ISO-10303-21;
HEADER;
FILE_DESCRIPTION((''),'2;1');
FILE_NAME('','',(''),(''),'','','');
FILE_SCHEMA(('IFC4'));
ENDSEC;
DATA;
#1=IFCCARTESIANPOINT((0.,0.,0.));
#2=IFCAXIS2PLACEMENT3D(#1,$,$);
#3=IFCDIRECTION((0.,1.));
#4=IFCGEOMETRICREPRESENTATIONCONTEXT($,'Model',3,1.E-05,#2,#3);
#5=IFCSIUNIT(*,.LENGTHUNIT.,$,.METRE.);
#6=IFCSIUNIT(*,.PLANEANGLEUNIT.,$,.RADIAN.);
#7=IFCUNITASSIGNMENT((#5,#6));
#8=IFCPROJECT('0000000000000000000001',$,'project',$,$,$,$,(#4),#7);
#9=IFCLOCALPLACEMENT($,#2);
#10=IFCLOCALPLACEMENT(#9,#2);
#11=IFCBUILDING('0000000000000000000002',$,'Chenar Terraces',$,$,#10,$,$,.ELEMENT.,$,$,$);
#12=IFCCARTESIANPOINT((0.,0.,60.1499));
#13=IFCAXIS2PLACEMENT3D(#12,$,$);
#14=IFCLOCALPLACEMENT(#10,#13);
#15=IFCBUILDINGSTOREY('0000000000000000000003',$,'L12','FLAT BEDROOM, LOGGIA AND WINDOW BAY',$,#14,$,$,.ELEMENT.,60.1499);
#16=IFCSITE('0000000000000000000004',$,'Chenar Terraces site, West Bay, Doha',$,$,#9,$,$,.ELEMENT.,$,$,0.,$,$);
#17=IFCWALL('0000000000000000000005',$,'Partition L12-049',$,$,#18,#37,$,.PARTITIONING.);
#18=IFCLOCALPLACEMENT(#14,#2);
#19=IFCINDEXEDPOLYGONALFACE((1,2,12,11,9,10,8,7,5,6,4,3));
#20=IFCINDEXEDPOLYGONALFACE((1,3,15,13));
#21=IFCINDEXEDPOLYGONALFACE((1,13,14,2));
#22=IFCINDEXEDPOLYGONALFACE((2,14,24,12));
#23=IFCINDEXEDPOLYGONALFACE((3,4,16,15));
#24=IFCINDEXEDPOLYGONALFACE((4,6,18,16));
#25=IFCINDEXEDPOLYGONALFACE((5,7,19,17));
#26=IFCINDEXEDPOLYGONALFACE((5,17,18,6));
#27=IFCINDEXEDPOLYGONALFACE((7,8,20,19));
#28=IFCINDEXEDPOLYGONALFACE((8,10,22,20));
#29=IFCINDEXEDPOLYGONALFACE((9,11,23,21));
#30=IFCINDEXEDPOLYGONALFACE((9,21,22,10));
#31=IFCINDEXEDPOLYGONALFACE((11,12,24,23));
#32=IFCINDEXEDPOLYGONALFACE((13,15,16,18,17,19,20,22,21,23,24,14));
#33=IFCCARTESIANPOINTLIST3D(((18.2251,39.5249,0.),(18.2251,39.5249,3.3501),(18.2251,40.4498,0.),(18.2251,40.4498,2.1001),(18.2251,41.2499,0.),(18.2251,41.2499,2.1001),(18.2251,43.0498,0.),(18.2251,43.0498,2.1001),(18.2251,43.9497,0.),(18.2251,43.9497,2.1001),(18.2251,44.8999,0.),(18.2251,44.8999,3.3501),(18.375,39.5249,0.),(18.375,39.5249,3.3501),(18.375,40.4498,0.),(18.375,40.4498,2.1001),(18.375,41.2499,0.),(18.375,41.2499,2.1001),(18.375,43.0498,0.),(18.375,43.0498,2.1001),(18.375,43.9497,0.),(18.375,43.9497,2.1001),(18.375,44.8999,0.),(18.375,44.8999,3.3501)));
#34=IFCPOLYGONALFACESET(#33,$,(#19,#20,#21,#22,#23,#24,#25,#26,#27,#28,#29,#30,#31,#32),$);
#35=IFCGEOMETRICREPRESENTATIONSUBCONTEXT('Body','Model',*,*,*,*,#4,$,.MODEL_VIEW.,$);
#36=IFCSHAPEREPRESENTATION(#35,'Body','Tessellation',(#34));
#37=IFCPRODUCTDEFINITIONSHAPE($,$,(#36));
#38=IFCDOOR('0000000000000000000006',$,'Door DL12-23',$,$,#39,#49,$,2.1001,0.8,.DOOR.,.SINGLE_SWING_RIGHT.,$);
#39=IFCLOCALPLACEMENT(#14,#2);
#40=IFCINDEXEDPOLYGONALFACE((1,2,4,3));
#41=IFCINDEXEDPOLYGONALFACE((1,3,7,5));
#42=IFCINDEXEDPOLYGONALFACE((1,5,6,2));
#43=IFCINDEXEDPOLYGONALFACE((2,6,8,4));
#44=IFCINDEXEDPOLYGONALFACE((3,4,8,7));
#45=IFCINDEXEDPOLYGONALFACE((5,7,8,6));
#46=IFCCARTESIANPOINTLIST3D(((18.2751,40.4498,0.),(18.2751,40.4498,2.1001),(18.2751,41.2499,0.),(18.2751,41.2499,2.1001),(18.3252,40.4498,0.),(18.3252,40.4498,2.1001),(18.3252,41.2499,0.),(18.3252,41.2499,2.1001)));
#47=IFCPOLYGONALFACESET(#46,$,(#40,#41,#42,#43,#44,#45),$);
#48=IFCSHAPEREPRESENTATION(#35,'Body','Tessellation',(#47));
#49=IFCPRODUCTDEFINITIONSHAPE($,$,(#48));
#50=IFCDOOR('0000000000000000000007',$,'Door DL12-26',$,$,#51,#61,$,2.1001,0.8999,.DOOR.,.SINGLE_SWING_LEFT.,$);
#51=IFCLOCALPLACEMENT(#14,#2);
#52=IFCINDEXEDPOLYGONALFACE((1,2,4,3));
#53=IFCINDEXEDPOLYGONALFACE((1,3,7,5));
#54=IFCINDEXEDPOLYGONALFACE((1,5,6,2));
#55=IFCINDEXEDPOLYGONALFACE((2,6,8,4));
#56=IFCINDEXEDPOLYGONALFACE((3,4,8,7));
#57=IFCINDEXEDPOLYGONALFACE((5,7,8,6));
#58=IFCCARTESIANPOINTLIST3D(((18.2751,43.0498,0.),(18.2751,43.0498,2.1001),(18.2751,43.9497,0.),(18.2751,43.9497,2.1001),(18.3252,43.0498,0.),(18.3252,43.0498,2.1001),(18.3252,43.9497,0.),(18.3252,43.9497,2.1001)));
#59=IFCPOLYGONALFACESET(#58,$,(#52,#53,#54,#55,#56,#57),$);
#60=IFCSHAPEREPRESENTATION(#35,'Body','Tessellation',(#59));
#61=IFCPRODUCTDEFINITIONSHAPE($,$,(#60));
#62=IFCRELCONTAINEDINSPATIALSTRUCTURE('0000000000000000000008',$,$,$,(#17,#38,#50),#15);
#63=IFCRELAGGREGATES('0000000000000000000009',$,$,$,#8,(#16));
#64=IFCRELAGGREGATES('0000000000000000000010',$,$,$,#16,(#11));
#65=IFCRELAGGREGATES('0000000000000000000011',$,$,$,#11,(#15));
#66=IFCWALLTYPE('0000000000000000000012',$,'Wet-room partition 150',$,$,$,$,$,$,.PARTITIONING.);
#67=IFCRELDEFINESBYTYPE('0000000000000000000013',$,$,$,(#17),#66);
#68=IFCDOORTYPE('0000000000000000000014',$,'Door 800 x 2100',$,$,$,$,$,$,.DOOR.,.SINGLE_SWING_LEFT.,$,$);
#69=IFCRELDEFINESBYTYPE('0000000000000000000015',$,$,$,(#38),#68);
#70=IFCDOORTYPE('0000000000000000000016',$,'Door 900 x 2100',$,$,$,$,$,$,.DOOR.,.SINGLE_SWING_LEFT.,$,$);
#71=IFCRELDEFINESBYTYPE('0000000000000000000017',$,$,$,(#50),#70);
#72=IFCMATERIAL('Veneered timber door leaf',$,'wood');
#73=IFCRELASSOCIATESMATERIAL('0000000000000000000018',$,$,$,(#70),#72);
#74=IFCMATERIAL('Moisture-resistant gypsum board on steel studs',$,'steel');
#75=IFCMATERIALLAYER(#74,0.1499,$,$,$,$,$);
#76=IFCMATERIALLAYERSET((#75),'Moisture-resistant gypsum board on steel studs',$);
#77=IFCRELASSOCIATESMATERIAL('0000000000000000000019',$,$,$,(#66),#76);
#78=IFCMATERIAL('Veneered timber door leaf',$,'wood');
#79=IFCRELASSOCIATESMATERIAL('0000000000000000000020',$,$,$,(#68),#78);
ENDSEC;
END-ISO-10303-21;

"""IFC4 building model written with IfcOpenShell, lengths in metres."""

from ifc_helpers import new_model, si_unit, direction, frame, frame_2d, origin, place, context, subcontext, project, spatial, rectangle, extrude, material, layer, layer_set, type_object, element, fill, save


model = new_model("IFC4")

# Units and contexts
model_context = context("Model", 3, precision=1e-05, world=origin(), true_north=direction((0.0, 1.0)))
body_context = subcontext(model_context, "Body", "Model", "MODEL_VIEW")
ifc_project = project(units=[si_unit("LENGTHUNIT", "METRE"), si_unit("PLANEANGLEUNIT", "RADIAN")], contexts=[model_context])

# Site, building, storey
site_placement = place(None, origin())
site = spatial("IfcSite", under=ifc_project, at=site_placement, Name="Chenar Terraces site, West Bay, Doha", CompositionType="ELEMENT", RefElevation=0.0)
building_placement = place(site_placement, origin())
building = spatial("IfcBuilding", under=site, at=building_placement, Name="Chenar Terraces", CompositionType="ELEMENT")
storey_placement = place(building_placement, frame((0.0, 0.0, 60.1499)))
storey = spatial("IfcBuildingStorey", under=building, at=storey_placement, Name="L12", Description="FLAT BEDROOM, LOGGIA AND WINDOW BAY", CompositionType="ELEMENT", Elevation=60.1499)

# Shared definitions
ifc_material_1 = material(Name="Veneered timber door leaf", Category="wood")
door_type_1 = type_object("IfcDoorType", Name="Door 900 x 2100", OperationType="SINGLE_SWING_LEFT", PredefinedType="DOOR", material=ifc_material_1)

# Shared definitions
ifc_material_2 = material(Name="Moisture-resistant gypsum board on steel studs", Category="steel")
ifc_layer_1 = layer(ifc_material_2, 0.1499)
ifc_layer_set_1 = layer_set([ifc_layer_1], Name="Moisture-resistant gypsum board on steel studs")
wall_type_1 = type_object("IfcWallType", Name="Wet-room partition 150", PredefinedType="PARTITIONING", material=ifc_layer_set_1)

# Wall, openings, doors
wall_1_placement = place(storey_placement, frame((18.3, 39.5249, 0.0), z_axis=(0.0, 0.0, 1.0), x_axis=(0.0, 1.0, 0.0)))
wall_1 = element("IfcWall", 1, at=wall_1_placement, inside=storey, type_object=wall_type_1, Name="Partition L12-049", PredefinedType="PARTITIONING", context=body_context, shape_type="SweptSolid", body=[
    extrude(rectangle(XDim=5.375, YDim=0.1499, at=frame_2d((2.6875, 0.0))), origin(), (0.0, 0.0, 1.0), 3.3501),
])
opening_1_placement = place(wall_1_placement, frame((0.925, 0.0, 0.0)))
opening_1 = element("IfcOpeningElement", 2, at=opening_1_placement, cuts=wall_1, PredefinedType="OPENING", context=body_context, shape_type="SweptSolid", body=[
    extrude(rectangle(XDim=0.8, YDim=2.1001, at=frame_2d((0.3999, 1.05))), frame((0.0, 0.085, 0.0), z_axis=(0.0, -1.0, 0.0), x_axis=(1.0, 0.0, 0.0)), (0.0, 0.0, 1.0), 0.1699),
])
opening_2_placement = place(wall_1_placement, frame((3.5249, 0.0, 0.0)))
opening_2 = element("IfcOpeningElement", 3, at=opening_2_placement, cuts=wall_1, PredefinedType="OPENING", context=body_context, shape_type="SweptSolid", body=[
    extrude(rectangle(XDim=0.8999, YDim=2.1001, at=frame_2d((0.45, 1.05))), frame((0.0, 0.085, 0.0), z_axis=(0.0, -1.0, 0.0), x_axis=(1.0, 0.0, 0.0)), (0.0, 0.0, 1.0), 0.1699),
])
ifc_material_3 = material(Name="Veneered timber door leaf", Category="wood")
door_type_2 = type_object("IfcDoorType", Name="Door 800 x 2100", OperationType="SINGLE_SWING_LEFT", PredefinedType="DOOR", material=ifc_material_3)
door_1_placement = place(opening_1_placement, origin())
door_1 = element("IfcDoor", 4, at=door_1_placement, inside=storey, type_object=door_type_2, Name="Door DL12-23", OperationType="SINGLE_SWING_RIGHT", OverallHeight=2.1001, OverallWidth=0.8, PredefinedType="DOOR", context=body_context, shape_type="SweptSolid", body=[
    extrude(rectangle(XDim=0.8, YDim=2.1001, at=frame_2d((0.3999, 1.05))), frame((0.0, 0.0249, 0.0), z_axis=(0.0, -1.0, 0.0), x_axis=(1.0, 0.0, 0.0)), (0.0, 0.0, 1.0), 0.05),
])
fill(opening_1, door_1)
door_2_placement = place(opening_2_placement, origin())
door_2 = element("IfcDoor", 5, at=door_2_placement, inside=storey, type_object=door_type_1, Name="Door DL12-26", OperationType="SINGLE_SWING_LEFT", OverallHeight=2.1001, OverallWidth=0.8999, PredefinedType="DOOR", context=body_context, shape_type="SweptSolid", body=[
    extrude(rectangle(XDim=0.8999, YDim=2.1001, at=frame_2d((0.45, 1.05))), frame((0.0, 0.0249, 0.0), z_axis=(0.0, -1.0, 0.0), x_axis=(1.0, 0.0, 0.0)), (0.0, 0.0, 1.0), 0.05),
])
fill(opening_2, door_2)

save(model, "model.ifc")
